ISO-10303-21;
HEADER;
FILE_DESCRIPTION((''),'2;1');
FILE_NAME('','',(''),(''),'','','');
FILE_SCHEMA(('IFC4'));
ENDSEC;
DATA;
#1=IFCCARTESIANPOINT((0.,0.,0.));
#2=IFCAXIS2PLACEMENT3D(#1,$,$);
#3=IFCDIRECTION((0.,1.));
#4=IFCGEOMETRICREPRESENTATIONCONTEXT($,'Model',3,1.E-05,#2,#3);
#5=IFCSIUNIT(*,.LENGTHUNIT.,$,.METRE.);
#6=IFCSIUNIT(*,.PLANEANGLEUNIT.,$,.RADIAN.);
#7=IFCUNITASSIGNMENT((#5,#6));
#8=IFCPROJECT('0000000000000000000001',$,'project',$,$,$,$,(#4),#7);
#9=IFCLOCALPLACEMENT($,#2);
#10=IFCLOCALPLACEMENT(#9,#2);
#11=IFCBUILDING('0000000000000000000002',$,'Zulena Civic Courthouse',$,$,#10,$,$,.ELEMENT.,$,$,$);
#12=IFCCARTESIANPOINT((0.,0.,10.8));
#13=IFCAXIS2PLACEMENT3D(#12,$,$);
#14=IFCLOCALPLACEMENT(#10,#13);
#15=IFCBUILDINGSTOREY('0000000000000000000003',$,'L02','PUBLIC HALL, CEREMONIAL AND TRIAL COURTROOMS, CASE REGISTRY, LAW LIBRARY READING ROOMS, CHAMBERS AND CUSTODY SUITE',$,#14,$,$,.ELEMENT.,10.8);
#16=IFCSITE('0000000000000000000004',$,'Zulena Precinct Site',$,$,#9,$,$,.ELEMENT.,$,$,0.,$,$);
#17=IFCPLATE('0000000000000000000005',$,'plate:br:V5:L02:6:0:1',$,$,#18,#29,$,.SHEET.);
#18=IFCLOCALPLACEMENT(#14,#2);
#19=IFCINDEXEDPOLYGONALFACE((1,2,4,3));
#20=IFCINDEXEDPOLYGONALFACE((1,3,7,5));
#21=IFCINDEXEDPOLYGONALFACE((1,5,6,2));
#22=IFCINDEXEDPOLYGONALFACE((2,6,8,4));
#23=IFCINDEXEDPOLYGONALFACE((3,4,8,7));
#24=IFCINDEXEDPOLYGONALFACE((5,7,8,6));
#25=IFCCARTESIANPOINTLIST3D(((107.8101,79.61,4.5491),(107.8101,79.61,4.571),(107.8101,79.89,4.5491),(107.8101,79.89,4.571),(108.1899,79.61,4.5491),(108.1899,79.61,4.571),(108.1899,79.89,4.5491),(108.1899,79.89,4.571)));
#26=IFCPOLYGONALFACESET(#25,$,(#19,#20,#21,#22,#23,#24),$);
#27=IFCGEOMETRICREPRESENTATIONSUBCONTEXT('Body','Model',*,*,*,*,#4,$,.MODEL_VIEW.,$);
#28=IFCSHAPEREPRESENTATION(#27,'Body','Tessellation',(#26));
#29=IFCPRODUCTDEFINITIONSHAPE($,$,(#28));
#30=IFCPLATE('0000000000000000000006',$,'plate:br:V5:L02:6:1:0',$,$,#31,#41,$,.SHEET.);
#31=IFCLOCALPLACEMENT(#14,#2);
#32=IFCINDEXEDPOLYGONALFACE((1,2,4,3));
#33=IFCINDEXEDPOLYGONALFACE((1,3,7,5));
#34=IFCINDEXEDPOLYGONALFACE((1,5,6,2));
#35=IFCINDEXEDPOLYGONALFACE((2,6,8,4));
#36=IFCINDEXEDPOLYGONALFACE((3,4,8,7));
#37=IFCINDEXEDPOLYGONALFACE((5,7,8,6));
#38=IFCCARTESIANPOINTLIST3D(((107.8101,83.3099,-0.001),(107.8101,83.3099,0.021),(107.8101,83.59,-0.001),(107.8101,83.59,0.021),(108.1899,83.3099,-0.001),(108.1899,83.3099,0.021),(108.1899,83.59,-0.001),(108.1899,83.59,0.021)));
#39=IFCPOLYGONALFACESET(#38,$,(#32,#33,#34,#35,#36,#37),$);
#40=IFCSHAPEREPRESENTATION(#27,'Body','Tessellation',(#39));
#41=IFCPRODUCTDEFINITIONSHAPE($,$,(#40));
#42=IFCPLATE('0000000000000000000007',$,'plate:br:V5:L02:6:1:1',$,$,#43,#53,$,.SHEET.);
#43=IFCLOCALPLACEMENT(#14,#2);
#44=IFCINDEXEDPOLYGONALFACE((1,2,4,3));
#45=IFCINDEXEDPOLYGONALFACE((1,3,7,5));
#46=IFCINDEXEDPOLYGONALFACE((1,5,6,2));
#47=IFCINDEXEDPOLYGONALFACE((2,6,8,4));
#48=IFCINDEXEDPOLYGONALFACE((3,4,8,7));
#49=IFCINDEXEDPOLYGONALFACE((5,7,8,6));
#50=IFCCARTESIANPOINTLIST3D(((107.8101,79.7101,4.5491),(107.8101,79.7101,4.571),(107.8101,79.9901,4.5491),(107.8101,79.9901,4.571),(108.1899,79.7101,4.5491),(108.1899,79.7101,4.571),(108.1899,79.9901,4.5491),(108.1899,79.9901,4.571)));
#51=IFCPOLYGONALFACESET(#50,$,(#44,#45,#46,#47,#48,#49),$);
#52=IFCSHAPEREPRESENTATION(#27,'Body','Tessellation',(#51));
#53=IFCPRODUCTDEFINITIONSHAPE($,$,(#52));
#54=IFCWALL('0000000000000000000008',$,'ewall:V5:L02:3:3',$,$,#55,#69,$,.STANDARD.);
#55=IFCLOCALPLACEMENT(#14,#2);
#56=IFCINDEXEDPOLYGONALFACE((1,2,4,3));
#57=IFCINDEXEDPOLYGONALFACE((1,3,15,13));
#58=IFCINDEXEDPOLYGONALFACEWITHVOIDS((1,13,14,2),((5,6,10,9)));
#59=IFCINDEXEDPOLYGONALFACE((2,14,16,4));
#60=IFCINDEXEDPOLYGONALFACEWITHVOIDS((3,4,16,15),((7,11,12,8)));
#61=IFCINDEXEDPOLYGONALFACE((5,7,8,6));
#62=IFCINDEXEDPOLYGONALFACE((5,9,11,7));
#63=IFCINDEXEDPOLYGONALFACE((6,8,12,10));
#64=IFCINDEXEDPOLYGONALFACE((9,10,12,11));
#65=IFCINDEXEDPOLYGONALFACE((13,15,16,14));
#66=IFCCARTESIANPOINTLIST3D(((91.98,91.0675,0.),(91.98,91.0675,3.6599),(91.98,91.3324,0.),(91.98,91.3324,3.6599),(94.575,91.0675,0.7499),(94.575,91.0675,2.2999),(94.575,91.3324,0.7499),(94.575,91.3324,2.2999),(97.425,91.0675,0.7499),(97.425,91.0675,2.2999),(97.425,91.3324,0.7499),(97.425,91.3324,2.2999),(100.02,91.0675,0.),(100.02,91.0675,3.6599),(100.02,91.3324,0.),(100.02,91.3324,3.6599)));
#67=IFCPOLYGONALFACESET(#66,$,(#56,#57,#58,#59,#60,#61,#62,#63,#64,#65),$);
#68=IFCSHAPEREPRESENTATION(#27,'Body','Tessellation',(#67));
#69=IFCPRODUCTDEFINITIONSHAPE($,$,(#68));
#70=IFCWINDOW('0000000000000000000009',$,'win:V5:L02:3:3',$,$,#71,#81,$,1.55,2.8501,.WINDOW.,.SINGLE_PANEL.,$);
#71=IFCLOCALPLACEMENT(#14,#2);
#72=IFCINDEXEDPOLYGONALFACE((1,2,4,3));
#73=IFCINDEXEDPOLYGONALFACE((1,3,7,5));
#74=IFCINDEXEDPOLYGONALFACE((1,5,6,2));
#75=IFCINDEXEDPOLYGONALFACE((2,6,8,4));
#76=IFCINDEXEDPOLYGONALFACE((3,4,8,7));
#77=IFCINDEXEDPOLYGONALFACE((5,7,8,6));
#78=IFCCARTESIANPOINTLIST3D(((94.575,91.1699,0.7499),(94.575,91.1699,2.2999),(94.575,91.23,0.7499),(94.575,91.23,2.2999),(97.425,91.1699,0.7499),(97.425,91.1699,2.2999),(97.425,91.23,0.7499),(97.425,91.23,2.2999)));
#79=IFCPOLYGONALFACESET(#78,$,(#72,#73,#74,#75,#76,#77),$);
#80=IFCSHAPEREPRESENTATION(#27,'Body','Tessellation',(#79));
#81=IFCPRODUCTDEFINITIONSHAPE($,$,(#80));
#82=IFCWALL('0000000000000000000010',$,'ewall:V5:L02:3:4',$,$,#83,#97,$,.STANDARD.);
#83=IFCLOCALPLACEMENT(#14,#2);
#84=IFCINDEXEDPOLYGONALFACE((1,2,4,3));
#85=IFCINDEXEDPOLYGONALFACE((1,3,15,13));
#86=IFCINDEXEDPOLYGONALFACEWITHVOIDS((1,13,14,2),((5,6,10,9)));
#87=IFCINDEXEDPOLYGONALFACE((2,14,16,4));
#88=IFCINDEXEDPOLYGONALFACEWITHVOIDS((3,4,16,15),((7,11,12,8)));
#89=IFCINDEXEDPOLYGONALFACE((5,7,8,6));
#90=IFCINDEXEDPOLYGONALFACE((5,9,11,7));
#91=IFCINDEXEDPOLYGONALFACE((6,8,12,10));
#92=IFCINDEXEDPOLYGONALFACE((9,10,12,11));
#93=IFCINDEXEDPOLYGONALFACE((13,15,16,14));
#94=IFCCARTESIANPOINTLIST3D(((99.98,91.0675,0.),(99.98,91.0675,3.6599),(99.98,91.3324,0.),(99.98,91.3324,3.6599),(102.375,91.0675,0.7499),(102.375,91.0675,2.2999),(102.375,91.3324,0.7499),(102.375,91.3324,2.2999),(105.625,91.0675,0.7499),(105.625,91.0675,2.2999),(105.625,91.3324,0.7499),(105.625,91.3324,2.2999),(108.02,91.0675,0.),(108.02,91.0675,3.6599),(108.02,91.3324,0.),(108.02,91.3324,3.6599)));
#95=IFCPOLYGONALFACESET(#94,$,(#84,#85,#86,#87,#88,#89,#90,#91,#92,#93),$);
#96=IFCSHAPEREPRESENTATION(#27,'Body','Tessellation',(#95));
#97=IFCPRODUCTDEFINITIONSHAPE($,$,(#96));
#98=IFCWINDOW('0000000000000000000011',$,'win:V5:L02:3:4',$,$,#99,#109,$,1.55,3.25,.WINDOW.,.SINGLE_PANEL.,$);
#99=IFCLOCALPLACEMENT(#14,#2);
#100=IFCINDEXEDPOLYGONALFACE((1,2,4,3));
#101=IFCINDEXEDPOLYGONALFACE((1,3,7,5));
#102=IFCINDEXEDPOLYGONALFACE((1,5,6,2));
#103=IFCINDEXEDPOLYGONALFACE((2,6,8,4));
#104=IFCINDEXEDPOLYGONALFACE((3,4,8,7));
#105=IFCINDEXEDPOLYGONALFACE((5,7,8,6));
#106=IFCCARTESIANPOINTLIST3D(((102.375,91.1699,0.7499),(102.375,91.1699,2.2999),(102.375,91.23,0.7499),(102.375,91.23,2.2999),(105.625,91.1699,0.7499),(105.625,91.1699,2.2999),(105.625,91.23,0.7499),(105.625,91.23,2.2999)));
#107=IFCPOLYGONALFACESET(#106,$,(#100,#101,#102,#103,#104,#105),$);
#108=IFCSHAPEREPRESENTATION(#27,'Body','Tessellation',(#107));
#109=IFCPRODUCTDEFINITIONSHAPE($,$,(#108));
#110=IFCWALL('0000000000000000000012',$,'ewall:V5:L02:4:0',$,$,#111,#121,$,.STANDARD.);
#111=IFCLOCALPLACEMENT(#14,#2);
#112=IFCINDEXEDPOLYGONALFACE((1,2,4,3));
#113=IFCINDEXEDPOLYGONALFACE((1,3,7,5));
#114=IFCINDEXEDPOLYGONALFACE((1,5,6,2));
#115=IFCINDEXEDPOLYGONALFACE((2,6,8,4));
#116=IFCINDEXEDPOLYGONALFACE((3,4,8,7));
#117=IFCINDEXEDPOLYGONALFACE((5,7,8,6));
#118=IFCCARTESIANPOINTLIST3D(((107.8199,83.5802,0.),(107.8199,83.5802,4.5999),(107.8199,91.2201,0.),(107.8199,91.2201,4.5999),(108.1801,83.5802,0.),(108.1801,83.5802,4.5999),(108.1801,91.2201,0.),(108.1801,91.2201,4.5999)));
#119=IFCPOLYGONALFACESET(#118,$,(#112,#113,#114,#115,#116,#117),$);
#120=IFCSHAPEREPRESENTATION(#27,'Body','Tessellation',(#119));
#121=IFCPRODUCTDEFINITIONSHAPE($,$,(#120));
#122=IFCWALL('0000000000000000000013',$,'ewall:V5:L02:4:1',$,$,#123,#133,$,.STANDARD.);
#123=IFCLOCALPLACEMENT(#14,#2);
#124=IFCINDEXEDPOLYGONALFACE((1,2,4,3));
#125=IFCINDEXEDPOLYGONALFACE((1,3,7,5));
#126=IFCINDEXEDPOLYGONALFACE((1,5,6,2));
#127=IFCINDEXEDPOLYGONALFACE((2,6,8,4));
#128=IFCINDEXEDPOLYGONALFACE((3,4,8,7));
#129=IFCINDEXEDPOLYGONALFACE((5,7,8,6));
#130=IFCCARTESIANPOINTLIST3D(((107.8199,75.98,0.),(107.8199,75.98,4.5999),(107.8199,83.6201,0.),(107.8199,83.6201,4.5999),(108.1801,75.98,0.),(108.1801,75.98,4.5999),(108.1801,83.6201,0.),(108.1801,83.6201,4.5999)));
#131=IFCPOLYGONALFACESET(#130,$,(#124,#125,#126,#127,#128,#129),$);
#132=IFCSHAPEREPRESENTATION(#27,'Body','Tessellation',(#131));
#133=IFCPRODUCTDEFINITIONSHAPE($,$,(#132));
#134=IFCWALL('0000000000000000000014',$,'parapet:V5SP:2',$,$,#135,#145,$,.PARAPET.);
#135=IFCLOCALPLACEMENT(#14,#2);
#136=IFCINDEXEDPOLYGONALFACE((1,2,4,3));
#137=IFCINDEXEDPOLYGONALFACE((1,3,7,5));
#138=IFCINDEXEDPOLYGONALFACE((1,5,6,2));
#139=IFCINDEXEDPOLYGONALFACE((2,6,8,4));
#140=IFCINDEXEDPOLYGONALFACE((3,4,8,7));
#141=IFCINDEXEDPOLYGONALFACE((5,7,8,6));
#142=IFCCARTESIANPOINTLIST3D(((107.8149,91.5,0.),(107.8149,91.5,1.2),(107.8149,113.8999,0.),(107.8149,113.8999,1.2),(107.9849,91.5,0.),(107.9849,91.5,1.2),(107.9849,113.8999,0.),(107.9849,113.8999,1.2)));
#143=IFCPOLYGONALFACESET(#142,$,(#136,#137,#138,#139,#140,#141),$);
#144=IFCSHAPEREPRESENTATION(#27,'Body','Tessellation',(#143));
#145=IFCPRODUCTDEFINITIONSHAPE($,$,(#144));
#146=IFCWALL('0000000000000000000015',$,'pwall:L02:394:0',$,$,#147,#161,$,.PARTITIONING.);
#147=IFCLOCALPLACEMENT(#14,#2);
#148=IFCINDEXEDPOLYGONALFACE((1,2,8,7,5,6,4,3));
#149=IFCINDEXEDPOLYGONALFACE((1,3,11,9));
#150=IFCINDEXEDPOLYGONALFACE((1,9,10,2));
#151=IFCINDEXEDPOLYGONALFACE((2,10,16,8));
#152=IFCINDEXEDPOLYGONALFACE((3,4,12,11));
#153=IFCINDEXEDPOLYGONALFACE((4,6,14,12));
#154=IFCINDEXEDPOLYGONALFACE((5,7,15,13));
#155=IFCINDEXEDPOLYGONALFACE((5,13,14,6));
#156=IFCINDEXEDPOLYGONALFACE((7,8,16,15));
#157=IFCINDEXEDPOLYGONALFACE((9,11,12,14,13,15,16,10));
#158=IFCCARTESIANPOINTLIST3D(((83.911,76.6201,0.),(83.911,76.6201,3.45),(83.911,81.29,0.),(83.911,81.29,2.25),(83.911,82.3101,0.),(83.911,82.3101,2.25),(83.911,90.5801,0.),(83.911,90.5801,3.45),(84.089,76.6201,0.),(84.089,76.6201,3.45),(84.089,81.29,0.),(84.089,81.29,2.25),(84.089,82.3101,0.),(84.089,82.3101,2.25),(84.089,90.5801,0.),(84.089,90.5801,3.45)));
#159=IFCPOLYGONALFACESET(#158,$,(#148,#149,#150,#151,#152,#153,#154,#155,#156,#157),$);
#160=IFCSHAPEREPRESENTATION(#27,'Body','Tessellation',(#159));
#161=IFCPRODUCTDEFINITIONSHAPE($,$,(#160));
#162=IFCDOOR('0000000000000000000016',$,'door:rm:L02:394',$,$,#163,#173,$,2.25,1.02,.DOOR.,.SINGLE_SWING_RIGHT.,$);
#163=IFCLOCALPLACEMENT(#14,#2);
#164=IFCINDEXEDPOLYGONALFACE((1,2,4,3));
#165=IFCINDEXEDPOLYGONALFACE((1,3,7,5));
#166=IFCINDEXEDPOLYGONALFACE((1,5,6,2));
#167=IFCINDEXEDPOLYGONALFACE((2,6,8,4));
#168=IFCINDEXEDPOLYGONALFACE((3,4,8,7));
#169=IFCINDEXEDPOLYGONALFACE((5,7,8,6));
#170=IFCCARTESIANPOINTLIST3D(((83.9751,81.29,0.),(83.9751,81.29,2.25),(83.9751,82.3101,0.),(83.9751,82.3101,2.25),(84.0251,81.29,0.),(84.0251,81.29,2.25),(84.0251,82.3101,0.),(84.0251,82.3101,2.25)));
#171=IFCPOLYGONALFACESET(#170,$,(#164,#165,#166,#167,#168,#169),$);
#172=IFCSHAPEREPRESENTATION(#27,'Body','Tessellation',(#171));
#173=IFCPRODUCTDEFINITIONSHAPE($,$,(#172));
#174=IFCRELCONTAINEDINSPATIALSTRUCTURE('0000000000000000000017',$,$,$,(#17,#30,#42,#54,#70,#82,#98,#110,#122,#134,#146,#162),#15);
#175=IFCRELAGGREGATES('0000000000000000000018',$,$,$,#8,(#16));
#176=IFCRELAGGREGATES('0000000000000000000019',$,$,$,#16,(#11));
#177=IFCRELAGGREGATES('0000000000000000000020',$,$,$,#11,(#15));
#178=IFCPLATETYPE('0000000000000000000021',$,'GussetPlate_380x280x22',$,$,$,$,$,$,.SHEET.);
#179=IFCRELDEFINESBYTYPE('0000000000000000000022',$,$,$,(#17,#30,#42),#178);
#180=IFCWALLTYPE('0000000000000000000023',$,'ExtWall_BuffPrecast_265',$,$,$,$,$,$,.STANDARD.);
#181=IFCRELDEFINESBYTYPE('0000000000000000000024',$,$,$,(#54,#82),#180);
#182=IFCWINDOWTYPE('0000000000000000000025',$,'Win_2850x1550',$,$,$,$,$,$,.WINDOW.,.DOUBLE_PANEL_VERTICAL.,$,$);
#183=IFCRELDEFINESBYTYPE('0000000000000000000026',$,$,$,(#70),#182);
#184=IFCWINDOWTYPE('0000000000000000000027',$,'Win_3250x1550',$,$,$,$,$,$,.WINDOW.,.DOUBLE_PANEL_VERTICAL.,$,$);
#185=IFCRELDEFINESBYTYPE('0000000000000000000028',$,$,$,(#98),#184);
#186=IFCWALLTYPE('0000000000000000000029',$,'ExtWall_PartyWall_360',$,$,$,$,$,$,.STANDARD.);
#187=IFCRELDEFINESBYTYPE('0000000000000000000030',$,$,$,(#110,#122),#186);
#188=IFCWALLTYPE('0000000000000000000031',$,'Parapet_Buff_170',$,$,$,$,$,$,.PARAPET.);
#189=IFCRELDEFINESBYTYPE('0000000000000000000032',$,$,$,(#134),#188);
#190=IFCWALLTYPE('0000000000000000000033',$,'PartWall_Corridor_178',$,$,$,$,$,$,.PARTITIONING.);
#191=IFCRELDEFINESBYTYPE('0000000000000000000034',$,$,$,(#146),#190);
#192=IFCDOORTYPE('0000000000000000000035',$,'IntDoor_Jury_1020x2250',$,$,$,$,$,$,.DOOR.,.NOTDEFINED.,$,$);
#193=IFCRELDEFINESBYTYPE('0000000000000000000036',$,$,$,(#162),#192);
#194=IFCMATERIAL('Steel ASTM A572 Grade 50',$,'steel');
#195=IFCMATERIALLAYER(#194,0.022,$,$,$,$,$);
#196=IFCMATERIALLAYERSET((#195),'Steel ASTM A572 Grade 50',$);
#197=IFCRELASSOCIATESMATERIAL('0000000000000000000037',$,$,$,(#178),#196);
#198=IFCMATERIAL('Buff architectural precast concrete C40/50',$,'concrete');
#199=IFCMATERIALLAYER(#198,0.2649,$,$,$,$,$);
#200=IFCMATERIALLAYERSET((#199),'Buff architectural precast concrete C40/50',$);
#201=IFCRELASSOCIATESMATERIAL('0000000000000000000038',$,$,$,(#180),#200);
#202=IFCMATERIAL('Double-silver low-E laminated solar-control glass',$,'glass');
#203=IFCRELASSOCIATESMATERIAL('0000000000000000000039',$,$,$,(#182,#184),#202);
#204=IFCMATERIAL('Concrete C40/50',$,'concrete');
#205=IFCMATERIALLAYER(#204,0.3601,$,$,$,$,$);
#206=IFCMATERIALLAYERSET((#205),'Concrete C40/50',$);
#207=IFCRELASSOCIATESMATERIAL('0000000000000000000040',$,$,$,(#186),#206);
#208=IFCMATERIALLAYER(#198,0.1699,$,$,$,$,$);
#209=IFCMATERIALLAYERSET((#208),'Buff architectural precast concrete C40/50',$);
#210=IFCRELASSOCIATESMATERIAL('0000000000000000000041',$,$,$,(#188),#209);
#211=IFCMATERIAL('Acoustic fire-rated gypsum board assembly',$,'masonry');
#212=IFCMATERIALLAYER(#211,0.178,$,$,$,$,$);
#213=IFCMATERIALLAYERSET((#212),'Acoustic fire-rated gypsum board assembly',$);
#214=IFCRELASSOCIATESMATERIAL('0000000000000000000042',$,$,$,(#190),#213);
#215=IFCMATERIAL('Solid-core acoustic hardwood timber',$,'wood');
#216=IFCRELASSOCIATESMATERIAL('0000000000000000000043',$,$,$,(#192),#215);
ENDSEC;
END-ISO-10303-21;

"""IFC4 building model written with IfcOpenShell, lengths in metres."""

from ifc_helpers import new_model, si_unit, direction, frame, frame_2d, origin, origin_2d, place, context, subcontext, project, spatial, rectangle, extrude, material, layer, layer_set, type_object, element, fill, save


model = new_model("IFC4")

# Units and contexts
model_context = context("Model", 3, precision=1e-05, world=origin(), true_north=direction((0.0, 1.0)))
body_context = subcontext(model_context, "Body", "Model", "MODEL_VIEW")
ifc_project = project(units=[si_unit("LENGTHUNIT", "METRE"), si_unit("PLANEANGLEUNIT", "RADIAN")], contexts=[model_context])

# Site, building, storey
site_placement = place(None, origin())
site = spatial("IfcSite", under=ifc_project, at=site_placement, Name="Zulena Precinct Site", CompositionType="ELEMENT", RefElevation=0.0)
building_placement = place(site_placement, origin())
building = spatial("IfcBuilding", under=site, at=building_placement, Name="Zulena Civic Courthouse", CompositionType="ELEMENT")
storey_placement = place(building_placement, frame((0.0, 0.0, 10.8)))
storey = spatial("IfcBuildingStorey", under=building, at=storey_placement, Name="L02", Description="PUBLIC HALL, CEREMONIAL AND TRIAL COURTROOMS, CASE REGISTRY, LAW LIBRARY READING ROOMS, CHAMBERS AND CUSTODY SUITE", CompositionType="ELEMENT", Elevation=10.8)

# Plates
ifc_material_1 = material(Name="Steel ASTM A572 Grade 50", Category="steel")
ifc_layer_1 = layer(ifc_material_1, 0.022)
ifc_layer_set_1 = layer_set([ifc_layer_1], Name="Steel ASTM A572 Grade 50")
plate_type = type_object("IfcPlateType", Name="GussetPlate_380x280x22", PredefinedType="SHEET", material=ifc_layer_set_1)
for number, where, z_axis, x_axis, name in (
    (1, (108.0, 79.75, 4.5491), (0.0, 0.0, 1.0), (1.0, 0.0, 0.0), "plate:br:V5:L02:6:0:1"),
    (2, (108.0, 83.45, -0.001), (0.0, 0.0, 1.0), (1.0, 0.0, 0.0), "plate:br:V5:L02:6:1:0"),
    (3, (108.0, 79.8501, 4.5491), (0.0, 0.0, 1.0), (1.0, 0.0, 0.0), "plate:br:V5:L02:6:1:1"),
):
    element("IfcPlate", number, at=place(storey_placement, frame(where, z_axis=z_axis, x_axis=x_axis)), inside=storey, type_object=plate_type, Name=name, PredefinedType="SHEET", context=body_context, shape_type="SweptSolid", body=[
        extrude(rectangle(XDim=0.3799, YDim=0.28, at=origin_2d()), origin(), (0.0, 0.0, 1.0), 0.022),
    ])

# Walls, openings, windows
ifc_material_2 = material(Name="Buff architectural precast concrete C40/50", Category="concrete")
ifc_layer_2 = layer(ifc_material_2, 0.2649)
ifc_layer_set_2 = layer_set([ifc_layer_2], Name="Buff architectural precast concrete C40/50")
wall_type_1 = type_object("IfcWallType", Name="ExtWall_BuffPrecast_265", PredefinedType="STANDARD", material=ifc_layer_set_2)
wall_1_placement = place(storey_placement, frame((91.98, 91.2, 0.0), z_axis=(0.0, 0.0, 1.0), x_axis=(1.0, 0.0, 0.0)))
wall_1 = element("IfcWall", 4, at=wall_1_placement, inside=storey, type_object=wall_type_1, Name="ewall:V5:L02:3:3", PredefinedType="STANDARD", context=body_context, shape_type="SweptSolid", body=[
    extrude(rectangle(XDim=8.04, YDim=0.2649, at=frame_2d((4.02, 0.0))), origin(), (0.0, 0.0, 1.0), 3.6599),
])
opening_1_placement = place(wall_1_placement, frame((2.595, 0.0, 0.75)))
opening_1 = element("IfcOpeningElement", 5, at=opening_1_placement, cuts=wall_1, PredefinedType="OPENING", context=body_context, shape_type="SweptSolid", body=[
    extrude(rectangle(XDim=2.8501, YDim=1.55, at=frame_2d((1.425, 0.7749))), frame((0.0, 0.1423, 0.0), z_axis=(0.0, -1.0, 0.0), x_axis=(1.0, 0.0, 0.0)), (0.0, 0.0, 1.0), 0.2849),
])
ifc_material_3 = material(Name="Double-silver low-E laminated solar-control glass", Category="glass")
window_type_1 = type_object("IfcWindowType", Name="Win_2850x1550", PartitioningType="DOUBLE_PANEL_VERTICAL", PredefinedType="WINDOW", material=ifc_material_3)
window_1_placement = place(opening_1_placement, origin())
window_1 = element("IfcWindow", 6, at=window_1_placement, inside=storey, type_object=window_type_1, Name="win:V5:L02:3:3", OverallHeight=1.55, OverallWidth=2.8501, PartitioningType="SINGLE_PANEL", PredefinedType="WINDOW", context=body_context, shape_type="SweptSolid", body=[
    extrude(rectangle(XDim=2.8501, YDim=1.55, at=frame_2d((1.425, 0.7749))), frame((0.0, 0.03, 0.0), z_axis=(0.0, -1.0, 0.0), x_axis=(1.0, 0.0, 0.0)), (0.0, 0.0, 1.0), 0.0601),
])
fill(opening_1, window_1)
wall_2_placement = place(storey_placement, frame((99.98, 91.2, 0.0), z_axis=(0.0, 0.0, 1.0), x_axis=(1.0, 0.0, 0.0)))
wall_2 = element("IfcWall", 7, at=wall_2_placement, inside=storey, type_object=wall_type_1, Name="ewall:V5:L02:3:4", PredefinedType="STANDARD", context=body_context, shape_type="SweptSolid", body=[
    extrude(rectangle(XDim=8.04, YDim=0.2649, at=frame_2d((4.02, 0.0))), origin(), (0.0, 0.0, 1.0), 3.6599),
])
opening_2_placement = place(wall_2_placement, frame((2.395, 0.0, 0.75)))
opening_2 = element("IfcOpeningElement", 8, at=opening_2_placement, cuts=wall_2, PredefinedType="OPENING", context=body_context, shape_type="SweptSolid", body=[
    extrude(rectangle(XDim=3.25, YDim=1.55, at=frame_2d((1.625, 0.7749))), frame((0.0, 0.1423, 0.0), z_axis=(0.0, -1.0, 0.0), x_axis=(1.0, 0.0, 0.0)), (0.0, 0.0, 1.0), 0.2849),
])
window_type_2 = type_object("IfcWindowType", Name="Win_3250x1550", PartitioningType="DOUBLE_PANEL_VERTICAL", PredefinedType="WINDOW", material=ifc_material_3)
window_2_placement = place(opening_2_placement, origin())
window_2 = element("IfcWindow", 9, at=window_2_placement, inside=storey, type_object=window_type_2, Name="win:V5:L02:3:4", OverallHeight=1.55, OverallWidth=3.25, PartitioningType="SINGLE_PANEL", PredefinedType="WINDOW", context=body_context, shape_type="SweptSolid", body=[
    extrude(rectangle(XDim=3.25, YDim=1.55, at=frame_2d((1.625, 0.7749))), frame((0.0, 0.03, 0.0), z_axis=(0.0, -1.0, 0.0), x_axis=(1.0, 0.0, 0.0)), (0.0, 0.0, 1.0), 0.0601),
])
fill(opening_2, window_2)

# Walls
ifc_material_4 = material(Name="Concrete C40/50", Category="concrete")
ifc_layer_3 = layer(ifc_material_4, 0.3601)
ifc_layer_set_3 = layer_set([ifc_layer_3], Name="Concrete C40/50")
wall_type_2 = type_object("IfcWallType", Name="ExtWall_PartyWall_360", PredefinedType="STANDARD", material=ifc_layer_set_3)
wall_3_placement = place(storey_placement, frame((108.0, 91.22, 0.0), z_axis=(0.0, 0.0, 1.0), x_axis=(0.0, -1.0, 0.0)))
element("IfcWall", 10, at=wall_3_placement, inside=storey, type_object=wall_type_2, Name="ewall:V5:L02:4:0", PredefinedType="STANDARD", context=body_context, shape_type="SweptSolid", body=[
    extrude(rectangle(XDim=7.6399, YDim=0.3601, at=frame_2d((3.8198, 0.0))), origin(), (0.0, 0.0, 1.0), 4.5999),
])
wall_4_placement = place(storey_placement, frame((108.0, 83.6201, 0.0), z_axis=(0.0, 0.0, 1.0), x_axis=(0.0, -1.0, 0.0)))
element("IfcWall", 11, at=wall_4_placement, inside=storey, type_object=wall_type_2, Name="ewall:V5:L02:4:1", PredefinedType="STANDARD", context=body_context, shape_type="SweptSolid", body=[
    extrude(rectangle(XDim=7.6401, YDim=0.3601, at=frame_2d((3.8201, 0.0))), origin(), (0.0, 0.0, 1.0), 4.5999),
])
ifc_layer_4 = layer(ifc_material_2, 0.1699)
ifc_layer_set_4 = layer_set([ifc_layer_4], Name="Buff architectural precast concrete C40/50")
wall_type_3 = type_object("IfcWallType", Name="Parapet_Buff_170", PredefinedType="PARAPET", material=ifc_layer_set_4)
wall_5_placement = place(storey_placement, frame((107.8999, 113.8999, 0.0), z_axis=(0.0, 0.0, 1.0), x_axis=(0.0, -1.0, 0.0)))
element("IfcWall", 12, at=wall_5_placement, inside=storey, type_object=wall_type_3, Name="parapet:V5SP:2", PredefinedType="PARAPET", context=body_context, shape_type="SweptSolid", body=[
    extrude(rectangle(XDim=22.3999, YDim=0.1699, at=frame_2d((11.2, 0.0))), origin(), (0.0, 0.0, 1.0), 1.2),
])

# Wall, opening, door
ifc_material_5 = material(Name="Acoustic fire-rated gypsum board assembly", Category="masonry")
ifc_layer_5 = layer(ifc_material_5, 0.178)
ifc_layer_set_5 = layer_set([ifc_layer_5], Name="Acoustic fire-rated gypsum board assembly")
wall_type_4 = type_object("IfcWallType", Name="PartWall_Corridor_178", PredefinedType="PARTITIONING", material=ifc_layer_set_5)
wall_6_placement = place(storey_placement, frame((84.0, 76.6201, 0.0), z_axis=(0.0, 0.0, 1.0), x_axis=(0.0, 1.0, 0.0)))
wall_6 = element("IfcWall", 13, at=wall_6_placement, inside=storey, type_object=wall_type_4, Name="pwall:L02:394:0", PredefinedType="PARTITIONING", context=body_context, shape_type="SweptSolid", body=[
    extrude(rectangle(XDim=13.96, YDim=0.178, at=frame_2d((6.98, 0.0))), origin(), (0.0, 0.0, 1.0), 3.45),
])
opening_3_placement = place(wall_6_placement, frame((4.6699, 0.0, 0.0)))
opening_3 = element("IfcOpeningElement", 14, at=opening_3_placement, cuts=wall_6, PredefinedType="OPENING", context=body_context, shape_type="SweptSolid", body=[
    extrude(rectangle(XDim=1.02, YDim=2.25, at=frame_2d((0.51, 1.125))), frame((0.0, 0.0989, 0.0), z_axis=(0.0, -1.0, 0.0), x_axis=(1.0, 0.0, 0.0)), (0.0, 0.0, 1.0), 0.198),
])
ifc_material_6 = material(Name="Solid-core acoustic hardwood timber", Category="wood")
door_type = type_object("IfcDoorType", Name="IntDoor_Jury_1020x2250", OperationType="NOTDEFINED", PredefinedType="DOOR", material=ifc_material_6)
door_placement = place(opening_3_placement, origin())
door = element("IfcDoor", 15, at=door_placement, inside=storey, type_object=door_type, Name="door:rm:L02:394", OperationType="SINGLE_SWING_RIGHT", OverallHeight=2.25, OverallWidth=1.02, PredefinedType="DOOR", context=body_context, shape_type="SweptSolid", body=[
    extrude(rectangle(XDim=1.02, YDim=2.25, at=frame_2d((0.51, 1.125))), frame((0.0, 0.0249, 0.0), z_axis=(0.0, -1.0, 0.0), x_axis=(1.0, 0.0, 0.0)), (0.0, 0.0, 1.0), 0.05),
])
fill(opening_3, door)

save(model, "model.ifc")
